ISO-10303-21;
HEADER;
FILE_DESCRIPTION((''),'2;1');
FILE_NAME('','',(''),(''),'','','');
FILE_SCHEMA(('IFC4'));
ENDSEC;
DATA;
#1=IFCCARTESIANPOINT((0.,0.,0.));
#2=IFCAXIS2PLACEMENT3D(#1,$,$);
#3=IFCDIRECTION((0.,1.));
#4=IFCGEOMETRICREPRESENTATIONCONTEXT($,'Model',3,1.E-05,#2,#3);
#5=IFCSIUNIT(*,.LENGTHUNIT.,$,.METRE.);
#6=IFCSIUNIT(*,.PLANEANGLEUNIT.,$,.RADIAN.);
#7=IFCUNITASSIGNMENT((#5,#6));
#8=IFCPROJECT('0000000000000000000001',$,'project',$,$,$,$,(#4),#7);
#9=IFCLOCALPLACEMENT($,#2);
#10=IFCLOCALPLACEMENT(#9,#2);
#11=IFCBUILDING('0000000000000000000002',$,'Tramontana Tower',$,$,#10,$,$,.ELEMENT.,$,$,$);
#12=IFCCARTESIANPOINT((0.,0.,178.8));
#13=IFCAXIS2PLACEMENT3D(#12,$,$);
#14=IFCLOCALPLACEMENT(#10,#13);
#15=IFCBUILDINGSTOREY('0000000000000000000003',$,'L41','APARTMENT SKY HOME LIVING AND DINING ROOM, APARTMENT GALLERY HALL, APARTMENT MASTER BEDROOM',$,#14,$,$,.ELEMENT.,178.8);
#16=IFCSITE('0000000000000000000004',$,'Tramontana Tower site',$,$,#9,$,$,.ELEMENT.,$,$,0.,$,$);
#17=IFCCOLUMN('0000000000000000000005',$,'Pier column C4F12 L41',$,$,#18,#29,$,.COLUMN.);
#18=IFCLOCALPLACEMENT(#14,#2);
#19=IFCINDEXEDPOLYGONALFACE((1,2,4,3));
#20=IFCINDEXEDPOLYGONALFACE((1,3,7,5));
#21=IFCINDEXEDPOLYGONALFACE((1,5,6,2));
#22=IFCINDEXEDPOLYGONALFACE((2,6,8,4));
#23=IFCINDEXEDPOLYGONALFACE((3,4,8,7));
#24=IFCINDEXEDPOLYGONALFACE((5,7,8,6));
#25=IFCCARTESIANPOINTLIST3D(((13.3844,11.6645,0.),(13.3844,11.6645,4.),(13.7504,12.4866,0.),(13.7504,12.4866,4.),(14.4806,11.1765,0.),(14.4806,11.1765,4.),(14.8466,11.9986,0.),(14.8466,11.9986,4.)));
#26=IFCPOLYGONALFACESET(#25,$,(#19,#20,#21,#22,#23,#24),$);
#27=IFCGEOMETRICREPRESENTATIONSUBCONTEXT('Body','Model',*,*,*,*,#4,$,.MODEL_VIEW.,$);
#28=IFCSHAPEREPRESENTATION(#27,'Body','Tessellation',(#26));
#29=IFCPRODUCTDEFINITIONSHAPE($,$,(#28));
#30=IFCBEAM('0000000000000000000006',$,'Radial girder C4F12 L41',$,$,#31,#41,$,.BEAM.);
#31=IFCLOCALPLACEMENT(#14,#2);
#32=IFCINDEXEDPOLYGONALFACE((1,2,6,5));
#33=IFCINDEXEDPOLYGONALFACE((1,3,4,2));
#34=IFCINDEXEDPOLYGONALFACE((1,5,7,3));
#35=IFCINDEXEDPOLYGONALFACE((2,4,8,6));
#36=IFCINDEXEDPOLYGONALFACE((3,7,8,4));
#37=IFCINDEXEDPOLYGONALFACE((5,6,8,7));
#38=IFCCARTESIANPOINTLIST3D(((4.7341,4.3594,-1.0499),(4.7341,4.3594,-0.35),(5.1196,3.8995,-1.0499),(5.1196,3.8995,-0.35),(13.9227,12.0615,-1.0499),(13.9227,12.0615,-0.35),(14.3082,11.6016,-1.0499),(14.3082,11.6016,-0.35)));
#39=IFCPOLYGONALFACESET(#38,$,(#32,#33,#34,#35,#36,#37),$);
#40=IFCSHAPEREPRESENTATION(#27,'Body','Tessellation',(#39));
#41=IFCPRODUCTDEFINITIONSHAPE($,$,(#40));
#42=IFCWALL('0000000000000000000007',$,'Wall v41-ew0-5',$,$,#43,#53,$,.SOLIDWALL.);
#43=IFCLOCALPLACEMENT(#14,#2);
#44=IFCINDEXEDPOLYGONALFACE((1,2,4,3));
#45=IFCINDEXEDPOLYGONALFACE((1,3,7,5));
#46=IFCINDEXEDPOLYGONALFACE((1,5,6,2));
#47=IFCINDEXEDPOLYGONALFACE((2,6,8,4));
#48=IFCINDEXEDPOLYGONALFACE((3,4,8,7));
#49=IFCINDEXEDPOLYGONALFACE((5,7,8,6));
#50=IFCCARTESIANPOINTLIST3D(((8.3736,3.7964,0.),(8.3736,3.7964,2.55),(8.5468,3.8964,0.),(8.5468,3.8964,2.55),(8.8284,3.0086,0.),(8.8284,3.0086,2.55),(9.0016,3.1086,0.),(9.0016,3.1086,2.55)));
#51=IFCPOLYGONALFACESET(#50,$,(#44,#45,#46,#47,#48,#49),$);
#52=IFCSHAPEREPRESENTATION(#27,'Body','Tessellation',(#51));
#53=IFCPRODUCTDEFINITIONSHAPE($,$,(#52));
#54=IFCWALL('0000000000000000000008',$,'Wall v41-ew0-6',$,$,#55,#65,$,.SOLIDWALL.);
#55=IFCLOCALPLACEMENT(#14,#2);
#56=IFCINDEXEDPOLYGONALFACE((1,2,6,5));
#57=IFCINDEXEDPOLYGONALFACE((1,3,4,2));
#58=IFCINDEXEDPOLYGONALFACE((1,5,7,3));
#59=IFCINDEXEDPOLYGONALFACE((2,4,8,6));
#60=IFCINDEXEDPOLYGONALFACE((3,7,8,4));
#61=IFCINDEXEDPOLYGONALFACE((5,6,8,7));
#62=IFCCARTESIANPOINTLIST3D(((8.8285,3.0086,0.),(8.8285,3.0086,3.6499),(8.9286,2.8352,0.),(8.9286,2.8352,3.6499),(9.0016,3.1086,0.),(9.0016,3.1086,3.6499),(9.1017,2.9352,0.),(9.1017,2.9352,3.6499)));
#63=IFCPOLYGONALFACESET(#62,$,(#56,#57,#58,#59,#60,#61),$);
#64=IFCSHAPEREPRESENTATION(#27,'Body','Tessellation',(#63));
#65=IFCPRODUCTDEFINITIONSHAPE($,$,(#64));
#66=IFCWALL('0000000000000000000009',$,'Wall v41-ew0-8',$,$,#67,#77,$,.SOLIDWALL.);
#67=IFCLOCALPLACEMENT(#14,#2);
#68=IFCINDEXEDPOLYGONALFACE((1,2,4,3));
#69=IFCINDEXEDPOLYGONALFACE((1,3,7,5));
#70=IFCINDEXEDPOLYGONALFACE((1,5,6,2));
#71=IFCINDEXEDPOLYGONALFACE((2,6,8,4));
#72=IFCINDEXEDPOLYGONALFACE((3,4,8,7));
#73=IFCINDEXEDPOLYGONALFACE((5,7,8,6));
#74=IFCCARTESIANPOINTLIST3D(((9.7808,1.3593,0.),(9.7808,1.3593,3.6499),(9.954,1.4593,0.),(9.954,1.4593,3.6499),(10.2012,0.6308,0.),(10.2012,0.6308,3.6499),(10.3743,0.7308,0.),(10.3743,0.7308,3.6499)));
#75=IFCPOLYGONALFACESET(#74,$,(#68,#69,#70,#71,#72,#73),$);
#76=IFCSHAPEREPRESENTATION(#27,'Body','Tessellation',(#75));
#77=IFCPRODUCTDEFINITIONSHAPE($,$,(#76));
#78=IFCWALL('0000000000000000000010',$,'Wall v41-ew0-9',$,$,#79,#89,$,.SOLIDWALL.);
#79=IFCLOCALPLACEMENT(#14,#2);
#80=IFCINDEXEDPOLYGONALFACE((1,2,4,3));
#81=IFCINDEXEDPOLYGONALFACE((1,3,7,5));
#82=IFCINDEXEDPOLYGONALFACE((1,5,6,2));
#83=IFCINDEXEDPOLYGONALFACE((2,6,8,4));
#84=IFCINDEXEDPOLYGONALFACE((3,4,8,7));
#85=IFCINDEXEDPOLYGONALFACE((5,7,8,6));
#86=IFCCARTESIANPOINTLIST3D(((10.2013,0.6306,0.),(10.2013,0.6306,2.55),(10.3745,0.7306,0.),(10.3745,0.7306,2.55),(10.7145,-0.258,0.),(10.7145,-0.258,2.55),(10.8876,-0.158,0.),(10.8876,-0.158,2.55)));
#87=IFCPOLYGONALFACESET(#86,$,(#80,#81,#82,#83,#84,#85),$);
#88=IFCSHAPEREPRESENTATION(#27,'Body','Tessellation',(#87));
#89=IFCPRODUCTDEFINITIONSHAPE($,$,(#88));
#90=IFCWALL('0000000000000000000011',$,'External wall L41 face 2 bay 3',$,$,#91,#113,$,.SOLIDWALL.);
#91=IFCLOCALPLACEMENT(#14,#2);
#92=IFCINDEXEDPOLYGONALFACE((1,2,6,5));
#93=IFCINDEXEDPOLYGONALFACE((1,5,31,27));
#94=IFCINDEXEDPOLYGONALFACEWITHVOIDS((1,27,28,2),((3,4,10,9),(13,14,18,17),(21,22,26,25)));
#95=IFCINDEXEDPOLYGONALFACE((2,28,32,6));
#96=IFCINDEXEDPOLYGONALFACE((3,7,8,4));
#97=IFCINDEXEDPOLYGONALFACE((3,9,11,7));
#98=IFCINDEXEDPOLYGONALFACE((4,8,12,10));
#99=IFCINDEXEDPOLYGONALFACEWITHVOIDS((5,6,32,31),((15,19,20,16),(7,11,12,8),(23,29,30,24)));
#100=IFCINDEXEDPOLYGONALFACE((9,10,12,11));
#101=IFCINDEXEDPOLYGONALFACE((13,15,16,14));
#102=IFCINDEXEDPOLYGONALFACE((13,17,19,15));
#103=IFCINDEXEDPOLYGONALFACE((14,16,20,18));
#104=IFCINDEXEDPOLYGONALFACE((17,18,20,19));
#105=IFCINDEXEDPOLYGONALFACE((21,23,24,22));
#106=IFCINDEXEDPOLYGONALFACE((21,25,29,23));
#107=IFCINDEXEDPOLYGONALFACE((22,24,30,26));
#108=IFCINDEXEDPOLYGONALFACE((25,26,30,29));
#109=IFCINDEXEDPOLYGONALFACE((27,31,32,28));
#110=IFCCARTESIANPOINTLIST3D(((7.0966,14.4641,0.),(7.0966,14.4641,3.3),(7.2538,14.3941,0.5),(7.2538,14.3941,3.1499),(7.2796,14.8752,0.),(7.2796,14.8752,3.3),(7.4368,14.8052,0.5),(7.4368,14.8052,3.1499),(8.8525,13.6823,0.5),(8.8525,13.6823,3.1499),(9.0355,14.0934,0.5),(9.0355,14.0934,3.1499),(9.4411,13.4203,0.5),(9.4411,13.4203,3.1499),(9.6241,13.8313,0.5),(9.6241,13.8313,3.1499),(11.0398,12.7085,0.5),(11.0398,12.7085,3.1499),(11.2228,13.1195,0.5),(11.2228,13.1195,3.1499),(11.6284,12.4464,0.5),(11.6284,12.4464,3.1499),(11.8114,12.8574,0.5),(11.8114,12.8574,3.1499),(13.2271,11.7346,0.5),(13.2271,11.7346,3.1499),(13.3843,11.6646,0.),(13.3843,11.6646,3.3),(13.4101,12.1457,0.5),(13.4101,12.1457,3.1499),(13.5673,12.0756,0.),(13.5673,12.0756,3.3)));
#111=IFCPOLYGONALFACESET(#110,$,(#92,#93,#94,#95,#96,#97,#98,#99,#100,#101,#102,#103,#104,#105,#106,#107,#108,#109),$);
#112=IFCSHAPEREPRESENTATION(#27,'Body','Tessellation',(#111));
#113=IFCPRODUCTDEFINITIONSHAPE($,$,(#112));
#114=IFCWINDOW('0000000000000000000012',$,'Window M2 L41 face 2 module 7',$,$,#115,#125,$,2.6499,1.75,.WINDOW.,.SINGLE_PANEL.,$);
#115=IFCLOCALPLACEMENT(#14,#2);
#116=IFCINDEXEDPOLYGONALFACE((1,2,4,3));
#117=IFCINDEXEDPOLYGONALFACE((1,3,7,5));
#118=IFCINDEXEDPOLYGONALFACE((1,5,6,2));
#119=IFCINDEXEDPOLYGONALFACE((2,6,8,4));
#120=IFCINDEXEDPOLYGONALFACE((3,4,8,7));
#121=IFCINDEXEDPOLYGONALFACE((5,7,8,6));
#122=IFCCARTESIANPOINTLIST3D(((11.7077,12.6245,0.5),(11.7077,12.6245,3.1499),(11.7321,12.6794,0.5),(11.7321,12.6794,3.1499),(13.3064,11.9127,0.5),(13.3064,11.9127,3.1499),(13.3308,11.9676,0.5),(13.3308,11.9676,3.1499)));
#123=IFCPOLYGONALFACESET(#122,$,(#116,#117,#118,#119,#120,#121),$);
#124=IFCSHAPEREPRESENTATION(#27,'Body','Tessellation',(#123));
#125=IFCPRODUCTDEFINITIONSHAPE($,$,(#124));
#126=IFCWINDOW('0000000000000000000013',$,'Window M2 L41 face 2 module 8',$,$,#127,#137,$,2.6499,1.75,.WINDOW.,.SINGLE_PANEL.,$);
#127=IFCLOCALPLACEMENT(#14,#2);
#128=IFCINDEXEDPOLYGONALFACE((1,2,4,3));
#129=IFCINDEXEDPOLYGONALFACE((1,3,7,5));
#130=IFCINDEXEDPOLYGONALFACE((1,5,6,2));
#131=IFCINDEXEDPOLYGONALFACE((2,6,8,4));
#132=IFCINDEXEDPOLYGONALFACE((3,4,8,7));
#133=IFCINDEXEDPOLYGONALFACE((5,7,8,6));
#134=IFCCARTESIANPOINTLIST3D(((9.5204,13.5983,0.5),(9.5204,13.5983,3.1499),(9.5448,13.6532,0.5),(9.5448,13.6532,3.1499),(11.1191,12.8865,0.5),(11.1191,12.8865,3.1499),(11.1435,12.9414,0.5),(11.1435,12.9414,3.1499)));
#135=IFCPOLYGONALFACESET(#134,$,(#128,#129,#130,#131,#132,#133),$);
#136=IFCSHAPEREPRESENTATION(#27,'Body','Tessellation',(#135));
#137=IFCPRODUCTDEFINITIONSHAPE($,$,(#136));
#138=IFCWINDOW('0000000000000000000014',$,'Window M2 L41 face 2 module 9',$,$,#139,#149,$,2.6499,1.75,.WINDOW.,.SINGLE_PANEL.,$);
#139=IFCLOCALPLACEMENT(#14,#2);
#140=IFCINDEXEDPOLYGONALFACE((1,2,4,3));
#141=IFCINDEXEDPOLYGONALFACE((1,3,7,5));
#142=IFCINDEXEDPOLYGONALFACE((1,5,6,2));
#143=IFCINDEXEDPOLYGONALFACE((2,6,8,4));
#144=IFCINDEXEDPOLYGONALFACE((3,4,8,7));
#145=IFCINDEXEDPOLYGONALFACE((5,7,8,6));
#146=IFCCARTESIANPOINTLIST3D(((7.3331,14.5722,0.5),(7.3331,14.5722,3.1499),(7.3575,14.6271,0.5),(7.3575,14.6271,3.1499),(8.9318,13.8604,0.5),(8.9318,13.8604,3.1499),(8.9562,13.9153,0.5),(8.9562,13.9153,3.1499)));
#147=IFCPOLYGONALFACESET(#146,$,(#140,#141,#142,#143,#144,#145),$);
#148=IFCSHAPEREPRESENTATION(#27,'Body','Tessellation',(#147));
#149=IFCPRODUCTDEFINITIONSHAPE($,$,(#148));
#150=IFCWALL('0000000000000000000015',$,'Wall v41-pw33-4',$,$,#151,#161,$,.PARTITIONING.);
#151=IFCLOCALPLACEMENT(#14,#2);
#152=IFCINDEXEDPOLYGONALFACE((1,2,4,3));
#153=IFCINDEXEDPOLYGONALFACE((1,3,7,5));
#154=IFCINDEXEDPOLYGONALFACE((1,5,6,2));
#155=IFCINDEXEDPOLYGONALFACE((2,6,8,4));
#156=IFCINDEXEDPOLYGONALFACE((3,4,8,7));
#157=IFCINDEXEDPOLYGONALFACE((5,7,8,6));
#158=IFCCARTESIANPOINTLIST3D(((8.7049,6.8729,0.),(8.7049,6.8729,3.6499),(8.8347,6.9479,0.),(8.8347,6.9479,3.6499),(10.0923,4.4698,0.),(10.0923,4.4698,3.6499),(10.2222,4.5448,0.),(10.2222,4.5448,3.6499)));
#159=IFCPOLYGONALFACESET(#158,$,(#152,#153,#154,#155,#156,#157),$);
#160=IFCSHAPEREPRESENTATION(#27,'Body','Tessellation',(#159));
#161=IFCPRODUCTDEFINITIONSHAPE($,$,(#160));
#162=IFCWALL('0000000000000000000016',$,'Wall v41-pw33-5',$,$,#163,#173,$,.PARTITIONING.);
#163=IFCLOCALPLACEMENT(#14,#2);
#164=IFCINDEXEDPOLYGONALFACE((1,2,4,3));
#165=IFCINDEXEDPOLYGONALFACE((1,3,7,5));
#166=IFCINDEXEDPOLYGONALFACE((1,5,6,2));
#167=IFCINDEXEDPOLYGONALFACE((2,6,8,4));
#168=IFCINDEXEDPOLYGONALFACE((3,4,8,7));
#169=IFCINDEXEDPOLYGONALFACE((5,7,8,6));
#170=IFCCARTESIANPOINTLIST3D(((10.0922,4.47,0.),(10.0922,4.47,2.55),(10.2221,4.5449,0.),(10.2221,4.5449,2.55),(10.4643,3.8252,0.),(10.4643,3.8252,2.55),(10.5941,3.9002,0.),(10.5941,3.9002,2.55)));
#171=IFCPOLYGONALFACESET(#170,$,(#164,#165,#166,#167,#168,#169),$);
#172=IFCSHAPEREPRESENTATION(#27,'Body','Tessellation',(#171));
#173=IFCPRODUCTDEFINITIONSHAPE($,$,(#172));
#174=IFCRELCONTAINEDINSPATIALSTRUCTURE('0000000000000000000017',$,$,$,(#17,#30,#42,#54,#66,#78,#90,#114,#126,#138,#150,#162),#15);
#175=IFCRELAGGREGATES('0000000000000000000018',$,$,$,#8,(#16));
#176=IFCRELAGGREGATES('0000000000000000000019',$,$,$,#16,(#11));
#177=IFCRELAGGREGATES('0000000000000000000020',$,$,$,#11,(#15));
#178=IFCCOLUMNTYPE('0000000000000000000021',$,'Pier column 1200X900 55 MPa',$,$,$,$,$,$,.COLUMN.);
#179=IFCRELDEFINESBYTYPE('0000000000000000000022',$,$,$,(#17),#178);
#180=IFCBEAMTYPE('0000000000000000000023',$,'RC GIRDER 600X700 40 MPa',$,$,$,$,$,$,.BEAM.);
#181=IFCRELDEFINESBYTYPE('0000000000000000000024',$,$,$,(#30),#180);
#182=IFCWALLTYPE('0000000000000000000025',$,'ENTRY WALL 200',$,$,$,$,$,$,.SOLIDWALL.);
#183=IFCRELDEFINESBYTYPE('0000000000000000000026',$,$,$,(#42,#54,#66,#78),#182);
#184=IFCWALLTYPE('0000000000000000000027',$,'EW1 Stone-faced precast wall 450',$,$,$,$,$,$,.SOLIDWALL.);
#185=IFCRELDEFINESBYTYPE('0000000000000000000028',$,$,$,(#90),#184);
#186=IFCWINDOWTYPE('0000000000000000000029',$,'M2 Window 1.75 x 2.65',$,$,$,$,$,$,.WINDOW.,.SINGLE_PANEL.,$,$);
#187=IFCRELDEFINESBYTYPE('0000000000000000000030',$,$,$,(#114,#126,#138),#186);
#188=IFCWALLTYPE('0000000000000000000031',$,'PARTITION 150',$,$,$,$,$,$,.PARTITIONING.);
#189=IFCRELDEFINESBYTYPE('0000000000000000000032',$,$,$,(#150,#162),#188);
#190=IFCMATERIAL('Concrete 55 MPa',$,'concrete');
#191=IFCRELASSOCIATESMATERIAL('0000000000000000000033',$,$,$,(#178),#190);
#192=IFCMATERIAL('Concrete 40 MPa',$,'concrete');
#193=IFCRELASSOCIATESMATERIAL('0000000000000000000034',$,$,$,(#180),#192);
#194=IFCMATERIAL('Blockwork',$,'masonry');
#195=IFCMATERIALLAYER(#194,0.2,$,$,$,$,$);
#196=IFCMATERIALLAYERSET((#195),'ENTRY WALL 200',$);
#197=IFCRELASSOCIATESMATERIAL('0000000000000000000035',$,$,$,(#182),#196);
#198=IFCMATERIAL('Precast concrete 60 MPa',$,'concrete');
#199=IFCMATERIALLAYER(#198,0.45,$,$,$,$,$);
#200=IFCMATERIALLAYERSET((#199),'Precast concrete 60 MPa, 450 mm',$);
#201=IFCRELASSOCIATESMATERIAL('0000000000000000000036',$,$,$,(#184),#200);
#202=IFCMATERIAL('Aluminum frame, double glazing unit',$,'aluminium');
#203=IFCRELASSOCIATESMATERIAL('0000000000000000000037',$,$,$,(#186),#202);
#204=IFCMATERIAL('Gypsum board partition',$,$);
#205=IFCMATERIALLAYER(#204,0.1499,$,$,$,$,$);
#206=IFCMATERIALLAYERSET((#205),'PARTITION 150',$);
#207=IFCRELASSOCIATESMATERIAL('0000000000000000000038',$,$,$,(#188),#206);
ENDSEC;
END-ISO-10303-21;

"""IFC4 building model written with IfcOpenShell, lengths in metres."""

from ifc_helpers import new_model, si_unit, direction, frame, frame_2d, origin, origin_2d, place, context, subcontext, project, spatial, rectangle, extrude, material, layer, layer_set, material_profile, profile_set, type_object, element, fill, save


model = new_model("IFC4")

# Units and contexts
model_context = context("Model", 3, precision=1e-05, world=origin(), true_north=direction((0.0, 1.0)))
body_context = subcontext(model_context, "Body", "Model", "MODEL_VIEW")
ifc_project = project(units=[si_unit("LENGTHUNIT", "METRE"), si_unit("PLANEANGLEUNIT", "RADIAN")], contexts=[model_context])

# Site, building, storey
site_placement = place(None, origin())
site = spatial("IfcSite", under=ifc_project, at=site_placement, Name="Tramontana Tower site", CompositionType="ELEMENT", RefElevation=0.0)
building_placement = place(site_placement, origin())
building = spatial("IfcBuilding", under=site, at=building_placement, Name="Tramontana Tower", CompositionType="ELEMENT")
storey_placement = place(building_placement, frame((0.0, 0.0, 178.8)))
storey = spatial("IfcBuildingStorey", under=building, at=storey_placement, Name="L41", Description="APARTMENT SKY HOME LIVING AND DINING ROOM, APARTMENT GALLERY HALL, APARTMENT MASTER BEDROOM", CompositionType="ELEMENT", Elevation=178.8)

# Column
ifc_material_1 = material(Name="Concrete 55 MPa", Category="concrete")
ifc_material_profile_1 = material_profile(ifc_material_1, rectangle(XDim=1.2, YDim=0.8999, at=origin_2d()), Name="Pier column 1200X900 55 MPa")
ifc_profile_set_1 = profile_set([ifc_material_profile_1], Name="Concrete 55 MPa")
column_type = type_object("IfcColumnType", Name="Pier column 1200X900 55 MPa", PredefinedType="COLUMN", material=ifc_profile_set_1)
column_placement = place(storey_placement, frame((14.1155, 11.8315, 0.0), z_axis=(0.0, 0.0, 1.0), x_axis=(-0.913545, 0.406737, 0.0)))
element("IfcColumn", 1, at=column_placement, inside=storey, type_object=column_type, Name="Pier column C4F12 L41", PredefinedType="COLUMN", context=body_context, shape_type="SweptSolid", body=[
    extrude(rectangle(XDim=1.2, YDim=0.8999, at=origin_2d()), origin(), (0.0, 0.0, 1.0), 4.0),
])

# Beam
ifc_material_2 = material(Name="Concrete 40 MPa", Category="concrete")
ifc_material_profile_2 = material_profile(ifc_material_2, rectangle(XDim=0.6001, YDim=0.7, at=origin_2d()), Name="RC GIRDER 600X700 40 MPa")
ifc_profile_set_2 = profile_set([ifc_material_profile_2], Name="Concrete 40 MPa")
beam_type = type_object("IfcBeamType", Name="RC GIRDER 600X700 40 MPa", PredefinedType="BEAM", material=ifc_profile_set_2)
beam_placement = place(storey_placement, frame((14.1155, 11.8315, -0.7), z_axis=(-0.766377, -0.642391, 0.0), x_axis=(0.642391, -0.766377, 0.0)))
element("IfcBeam", 2, at=beam_placement, inside=storey, type_object=beam_type, Name="Radial girder C4F12 L41", PredefinedType="BEAM", context=body_context, shape_type="SweptSolid", body=[
    extrude(rectangle(XDim=0.6001, YDim=0.7, at=origin_2d()), origin(), (0.0, 0.0, 1.0), 11.9897),
])

# Walls
ifc_material_3 = material(Name="Blockwork", Category="masonry")
ifc_layer_1 = layer(ifc_material_3, 0.2)
ifc_layer_set_1 = layer_set([ifc_layer_1], Name="ENTRY WALL 200")
wall_type_1 = type_object("IfcWallType", Name="ENTRY WALL 200", PredefinedType="SOLIDWALL", material=ifc_layer_set_1)
wall_1_placement = place(storey_placement, frame((8.4602, 3.8464, 0.0), z_axis=(0.0, 0.0, 1.0), x_axis=(0.499978, -0.866038, 0.0)))
element("IfcWall", 3, at=wall_1_placement, inside=storey, type_object=wall_type_1, Name="Wall v41-ew0-5", PredefinedType="SOLIDWALL", context=body_context, shape_type="SweptSolid", body=[
    extrude(rectangle(XDim=0.9097, YDim=0.2, at=frame_2d((0.4548, 0.0))), origin(), (0.0, 0.0, 1.0), 2.55),
])
wall_2_placement = place(storey_placement, frame((8.915, 3.0586, 0.0), z_axis=(0.0, 0.0, 1.0), x_axis=(0.500074, -0.865982, 0.0)))
element("IfcWall", 4, at=wall_2_placement, inside=storey, type_object=wall_type_1, Name="Wall v41-ew0-6", PredefinedType="SOLIDWALL", context=body_context, shape_type="SweptSolid", body=[
    extrude(rectangle(XDim=0.2002, YDim=0.2, at=frame_2d((0.1001, 0.0))), origin(), (0.0, 0.0, 1.0), 3.6499),
])

# Walls
wall_3_placement = place(storey_placement, frame((9.8674, 1.4092, 0.0), z_axis=(0.0, 0.0, 1.0), x_axis=(0.499823, -0.866128, 0.0)))
element("IfcWall", 5, at=wall_3_placement, inside=storey, type_object=wall_type_1, Name="Wall v41-ew0-8", PredefinedType="SOLIDWALL", context=body_context, shape_type="SweptSolid", body=[
    extrude(rectangle(XDim=0.8411, YDim=0.2, at=frame_2d((0.4204, 0.0))), origin(), (0.0, 0.0, 1.0), 3.6499),
])
wall_4_placement = place(storey_placement, frame((10.2878, 0.6807, 0.0), z_axis=(0.0, 0.0, 1.0), x_axis=(0.500079, -0.86598, 0.0)))
element("IfcWall", 6, at=wall_4_placement, inside=storey, type_object=wall_type_1, Name="Wall v41-ew0-9", PredefinedType="SOLIDWALL", context=body_context, shape_type="SweptSolid", body=[
    extrude(rectangle(XDim=1.0261, YDim=0.2, at=frame_2d((0.5132, 0.0))), origin(), (0.0, 0.0, 1.0), 2.55),
])

# Wall, openings, windows
ifc_material_4 = material(Name="Precast concrete 60 MPa", Category="concrete")
ifc_layer_2 = layer(ifc_material_4, 0.45)
ifc_layer_set_2 = layer_set([ifc_layer_2], Name="Precast concrete 60 MPa, 450 mm")
wall_type_2 = type_object("IfcWallType", Name="EW1 Stone-faced precast wall 450", PredefinedType="SOLIDWALL", material=ifc_layer_set_2)
wall_5_placement = place(storey_placement, frame((13.4758, 11.8701, 0.0), z_axis=(0.0, 0.0, 1.0), x_axis=(-0.913544, 0.406741, 0.0)))
wall_5 = element("IfcWall", 7, at=wall_5_placement, inside=storey, type_object=wall_type_2, Name="External wall L41 face 2 bay 3", PredefinedType="SOLIDWALL", context=body_context, shape_type="SweptSolid", body=[
    extrude(rectangle(XDim=6.8828, YDim=0.45, at=frame_2d((3.4414, 0.0))), origin(), (0.0, 0.0, 1.0), 3.3),
])
opening_1_placement = place(wall_5_placement, frame((0.1721, 0.0, 0.5)))
opening_1 = element("IfcOpeningElement", 8, at=opening_1_placement, cuts=wall_5, PredefinedType="OPENING", context=body_context, shape_type="SweptSolid", body=[
    extrude(rectangle(XDim=1.75, YDim=2.6499, at=frame_2d((0.875, 1.325))), frame((0.0, 0.2349, 0.0), z_axis=(0.0, -1.0, 0.0), x_axis=(1.0, 0.0, 0.0)), (0.0, 0.0, 1.0), 0.47),
])
opening_2_placement = place(wall_5_placement, frame((2.5664, 0.0, 0.5)))
opening_2 = element("IfcOpeningElement", 9, at=opening_2_placement, cuts=wall_5, PredefinedType="OPENING", context=body_context, shape_type="SweptSolid", body=[
    extrude(rectangle(XDim=1.75, YDim=2.6499, at=frame_2d((0.875, 1.325))), frame((0.0, 0.2349, 0.0), z_axis=(0.0, -1.0, 0.0), x_axis=(1.0, 0.0, 0.0)), (0.0, 0.0, 1.0), 0.47),
])
opening_3_placement = place(wall_5_placement, frame((4.9607, 0.0, 0.5)))
opening_3 = element("IfcOpeningElement", 10, at=opening_3_placement, cuts=wall_5, PredefinedType="OPENING", context=body_context, shape_type="SweptSolid", body=[
    extrude(rectangle(XDim=1.75, YDim=2.6499, at=frame_2d((0.875, 1.325))), frame((0.0, 0.2349, 0.0), z_axis=(0.0, -1.0, 0.0), x_axis=(1.0, 0.0, 0.0)), (0.0, 0.0, 1.0), 0.47),
])
ifc_material_5 = material(Name="Aluminum frame, double glazing unit", Category="aluminium")
window_type = type_object("IfcWindowType", Name="M2 Window 1.75 x 2.65", PartitioningType="SINGLE_PANEL", PredefinedType="WINDOW", material=ifc_material_5)
window_1_placement = place(opening_1_placement, origin())
window_1 = element("IfcWindow", 11, at=window_1_placement, inside=storey, type_object=window_type, Name="Window M2 L41 face 2 module 7", OverallHeight=2.6499, OverallWidth=1.75, PartitioningType="SINGLE_PANEL", PredefinedType="WINDOW", context=body_context, shape_type="SweptSolid", body=[
    extrude(rectangle(XDim=1.75, YDim=2.6499, at=frame_2d((0.875, 1.325))), frame((0.0, 0.03, 0.0), z_axis=(0.0, -1.0, 0.0), x_axis=(1.0, 0.0, 0.0)), (0.0, 0.0, 1.0), 0.0601),
])
fill(opening_1, window_1)
window_2_placement = place(opening_2_placement, origin())
window_2 = element("IfcWindow", 12, at=window_2_placement, inside=storey, type_object=window_type, Name="Window M2 L41 face 2 module 8", OverallHeight=2.6499, OverallWidth=1.75, PartitioningType="SINGLE_PANEL", PredefinedType="WINDOW", context=body_context, shape_type="SweptSolid", body=[
    extrude(rectangle(XDim=1.75, YDim=2.6499, at=frame_2d((0.875, 1.325))), frame((0.0, 0.03, 0.0), z_axis=(0.0, -1.0, 0.0), x_axis=(1.0, 0.0, 0.0)), (0.0, 0.0, 1.0), 0.0601),
])
fill(opening_2, window_2)
window_3_placement = place(opening_3_placement, origin())
window_3 = element("IfcWindow", 13, at=window_3_placement, inside=storey, type_object=window_type, Name="Window M2 L41 face 2 module 9", OverallHeight=2.6499, OverallWidth=1.75, PartitioningType="SINGLE_PANEL", PredefinedType="WINDOW", context=body_context, shape_type="SweptSolid", body=[
    extrude(rectangle(XDim=1.75, YDim=2.6499, at=frame_2d((0.875, 1.325))), frame((0.0, 0.03, 0.0), z_axis=(0.0, -1.0, 0.0), x_axis=(1.0, 0.0, 0.0)), (0.0, 0.0, 1.0), 0.0601),
])
fill(opening_3, window_3)

# Walls
ifc_material_6 = material(Name="Gypsum board partition")
ifc_layer_3 = layer(ifc_material_6, 0.1499)
ifc_layer_set_3 = layer_set([ifc_layer_3], Name="PARTITION 150")
wall_type_3 = type_object("IfcWallType", Name="PARTITION 150", PredefinedType="PARTITIONING", material=ifc_layer_set_3)
wall_6_placement = place(storey_placement, frame((8.7698, 6.9104, 0.0), z_axis=(0.0, 0.0, 1.0), x_axis=(0.500009, -0.86602, 0.0)))
element("IfcWall", 14, at=wall_6_placement, inside=storey, type_object=wall_type_3, Name="Wall v41-pw33-4", PredefinedType="PARTITIONING", context=body_context, shape_type="SweptSolid", body=[
    extrude(rectangle(XDim=2.7749, YDim=0.1499, at=frame_2d((1.3875, 0.0))), origin(), (0.0, 0.0, 1.0), 3.6499),
])
wall_7_placement = place(storey_placement, frame((10.1572, 4.5073, 0.0), z_axis=(0.0, 0.0, 1.0), x_axis=(0.499808, -0.866136, 0.0)))
element("IfcWall", 15, at=wall_7_placement, inside=storey, type_object=wall_type_3, Name="Wall v41-pw33-5", PredefinedType="PARTITIONING", context=body_context, shape_type="SweptSolid", body=[
    extrude(rectangle(XDim=0.7444, YDim=0.1499, at=frame_2d((0.3721, 0.0))), origin(), (0.0, 0.0, 1.0), 2.55),
])

save(model, "model.ifc")
